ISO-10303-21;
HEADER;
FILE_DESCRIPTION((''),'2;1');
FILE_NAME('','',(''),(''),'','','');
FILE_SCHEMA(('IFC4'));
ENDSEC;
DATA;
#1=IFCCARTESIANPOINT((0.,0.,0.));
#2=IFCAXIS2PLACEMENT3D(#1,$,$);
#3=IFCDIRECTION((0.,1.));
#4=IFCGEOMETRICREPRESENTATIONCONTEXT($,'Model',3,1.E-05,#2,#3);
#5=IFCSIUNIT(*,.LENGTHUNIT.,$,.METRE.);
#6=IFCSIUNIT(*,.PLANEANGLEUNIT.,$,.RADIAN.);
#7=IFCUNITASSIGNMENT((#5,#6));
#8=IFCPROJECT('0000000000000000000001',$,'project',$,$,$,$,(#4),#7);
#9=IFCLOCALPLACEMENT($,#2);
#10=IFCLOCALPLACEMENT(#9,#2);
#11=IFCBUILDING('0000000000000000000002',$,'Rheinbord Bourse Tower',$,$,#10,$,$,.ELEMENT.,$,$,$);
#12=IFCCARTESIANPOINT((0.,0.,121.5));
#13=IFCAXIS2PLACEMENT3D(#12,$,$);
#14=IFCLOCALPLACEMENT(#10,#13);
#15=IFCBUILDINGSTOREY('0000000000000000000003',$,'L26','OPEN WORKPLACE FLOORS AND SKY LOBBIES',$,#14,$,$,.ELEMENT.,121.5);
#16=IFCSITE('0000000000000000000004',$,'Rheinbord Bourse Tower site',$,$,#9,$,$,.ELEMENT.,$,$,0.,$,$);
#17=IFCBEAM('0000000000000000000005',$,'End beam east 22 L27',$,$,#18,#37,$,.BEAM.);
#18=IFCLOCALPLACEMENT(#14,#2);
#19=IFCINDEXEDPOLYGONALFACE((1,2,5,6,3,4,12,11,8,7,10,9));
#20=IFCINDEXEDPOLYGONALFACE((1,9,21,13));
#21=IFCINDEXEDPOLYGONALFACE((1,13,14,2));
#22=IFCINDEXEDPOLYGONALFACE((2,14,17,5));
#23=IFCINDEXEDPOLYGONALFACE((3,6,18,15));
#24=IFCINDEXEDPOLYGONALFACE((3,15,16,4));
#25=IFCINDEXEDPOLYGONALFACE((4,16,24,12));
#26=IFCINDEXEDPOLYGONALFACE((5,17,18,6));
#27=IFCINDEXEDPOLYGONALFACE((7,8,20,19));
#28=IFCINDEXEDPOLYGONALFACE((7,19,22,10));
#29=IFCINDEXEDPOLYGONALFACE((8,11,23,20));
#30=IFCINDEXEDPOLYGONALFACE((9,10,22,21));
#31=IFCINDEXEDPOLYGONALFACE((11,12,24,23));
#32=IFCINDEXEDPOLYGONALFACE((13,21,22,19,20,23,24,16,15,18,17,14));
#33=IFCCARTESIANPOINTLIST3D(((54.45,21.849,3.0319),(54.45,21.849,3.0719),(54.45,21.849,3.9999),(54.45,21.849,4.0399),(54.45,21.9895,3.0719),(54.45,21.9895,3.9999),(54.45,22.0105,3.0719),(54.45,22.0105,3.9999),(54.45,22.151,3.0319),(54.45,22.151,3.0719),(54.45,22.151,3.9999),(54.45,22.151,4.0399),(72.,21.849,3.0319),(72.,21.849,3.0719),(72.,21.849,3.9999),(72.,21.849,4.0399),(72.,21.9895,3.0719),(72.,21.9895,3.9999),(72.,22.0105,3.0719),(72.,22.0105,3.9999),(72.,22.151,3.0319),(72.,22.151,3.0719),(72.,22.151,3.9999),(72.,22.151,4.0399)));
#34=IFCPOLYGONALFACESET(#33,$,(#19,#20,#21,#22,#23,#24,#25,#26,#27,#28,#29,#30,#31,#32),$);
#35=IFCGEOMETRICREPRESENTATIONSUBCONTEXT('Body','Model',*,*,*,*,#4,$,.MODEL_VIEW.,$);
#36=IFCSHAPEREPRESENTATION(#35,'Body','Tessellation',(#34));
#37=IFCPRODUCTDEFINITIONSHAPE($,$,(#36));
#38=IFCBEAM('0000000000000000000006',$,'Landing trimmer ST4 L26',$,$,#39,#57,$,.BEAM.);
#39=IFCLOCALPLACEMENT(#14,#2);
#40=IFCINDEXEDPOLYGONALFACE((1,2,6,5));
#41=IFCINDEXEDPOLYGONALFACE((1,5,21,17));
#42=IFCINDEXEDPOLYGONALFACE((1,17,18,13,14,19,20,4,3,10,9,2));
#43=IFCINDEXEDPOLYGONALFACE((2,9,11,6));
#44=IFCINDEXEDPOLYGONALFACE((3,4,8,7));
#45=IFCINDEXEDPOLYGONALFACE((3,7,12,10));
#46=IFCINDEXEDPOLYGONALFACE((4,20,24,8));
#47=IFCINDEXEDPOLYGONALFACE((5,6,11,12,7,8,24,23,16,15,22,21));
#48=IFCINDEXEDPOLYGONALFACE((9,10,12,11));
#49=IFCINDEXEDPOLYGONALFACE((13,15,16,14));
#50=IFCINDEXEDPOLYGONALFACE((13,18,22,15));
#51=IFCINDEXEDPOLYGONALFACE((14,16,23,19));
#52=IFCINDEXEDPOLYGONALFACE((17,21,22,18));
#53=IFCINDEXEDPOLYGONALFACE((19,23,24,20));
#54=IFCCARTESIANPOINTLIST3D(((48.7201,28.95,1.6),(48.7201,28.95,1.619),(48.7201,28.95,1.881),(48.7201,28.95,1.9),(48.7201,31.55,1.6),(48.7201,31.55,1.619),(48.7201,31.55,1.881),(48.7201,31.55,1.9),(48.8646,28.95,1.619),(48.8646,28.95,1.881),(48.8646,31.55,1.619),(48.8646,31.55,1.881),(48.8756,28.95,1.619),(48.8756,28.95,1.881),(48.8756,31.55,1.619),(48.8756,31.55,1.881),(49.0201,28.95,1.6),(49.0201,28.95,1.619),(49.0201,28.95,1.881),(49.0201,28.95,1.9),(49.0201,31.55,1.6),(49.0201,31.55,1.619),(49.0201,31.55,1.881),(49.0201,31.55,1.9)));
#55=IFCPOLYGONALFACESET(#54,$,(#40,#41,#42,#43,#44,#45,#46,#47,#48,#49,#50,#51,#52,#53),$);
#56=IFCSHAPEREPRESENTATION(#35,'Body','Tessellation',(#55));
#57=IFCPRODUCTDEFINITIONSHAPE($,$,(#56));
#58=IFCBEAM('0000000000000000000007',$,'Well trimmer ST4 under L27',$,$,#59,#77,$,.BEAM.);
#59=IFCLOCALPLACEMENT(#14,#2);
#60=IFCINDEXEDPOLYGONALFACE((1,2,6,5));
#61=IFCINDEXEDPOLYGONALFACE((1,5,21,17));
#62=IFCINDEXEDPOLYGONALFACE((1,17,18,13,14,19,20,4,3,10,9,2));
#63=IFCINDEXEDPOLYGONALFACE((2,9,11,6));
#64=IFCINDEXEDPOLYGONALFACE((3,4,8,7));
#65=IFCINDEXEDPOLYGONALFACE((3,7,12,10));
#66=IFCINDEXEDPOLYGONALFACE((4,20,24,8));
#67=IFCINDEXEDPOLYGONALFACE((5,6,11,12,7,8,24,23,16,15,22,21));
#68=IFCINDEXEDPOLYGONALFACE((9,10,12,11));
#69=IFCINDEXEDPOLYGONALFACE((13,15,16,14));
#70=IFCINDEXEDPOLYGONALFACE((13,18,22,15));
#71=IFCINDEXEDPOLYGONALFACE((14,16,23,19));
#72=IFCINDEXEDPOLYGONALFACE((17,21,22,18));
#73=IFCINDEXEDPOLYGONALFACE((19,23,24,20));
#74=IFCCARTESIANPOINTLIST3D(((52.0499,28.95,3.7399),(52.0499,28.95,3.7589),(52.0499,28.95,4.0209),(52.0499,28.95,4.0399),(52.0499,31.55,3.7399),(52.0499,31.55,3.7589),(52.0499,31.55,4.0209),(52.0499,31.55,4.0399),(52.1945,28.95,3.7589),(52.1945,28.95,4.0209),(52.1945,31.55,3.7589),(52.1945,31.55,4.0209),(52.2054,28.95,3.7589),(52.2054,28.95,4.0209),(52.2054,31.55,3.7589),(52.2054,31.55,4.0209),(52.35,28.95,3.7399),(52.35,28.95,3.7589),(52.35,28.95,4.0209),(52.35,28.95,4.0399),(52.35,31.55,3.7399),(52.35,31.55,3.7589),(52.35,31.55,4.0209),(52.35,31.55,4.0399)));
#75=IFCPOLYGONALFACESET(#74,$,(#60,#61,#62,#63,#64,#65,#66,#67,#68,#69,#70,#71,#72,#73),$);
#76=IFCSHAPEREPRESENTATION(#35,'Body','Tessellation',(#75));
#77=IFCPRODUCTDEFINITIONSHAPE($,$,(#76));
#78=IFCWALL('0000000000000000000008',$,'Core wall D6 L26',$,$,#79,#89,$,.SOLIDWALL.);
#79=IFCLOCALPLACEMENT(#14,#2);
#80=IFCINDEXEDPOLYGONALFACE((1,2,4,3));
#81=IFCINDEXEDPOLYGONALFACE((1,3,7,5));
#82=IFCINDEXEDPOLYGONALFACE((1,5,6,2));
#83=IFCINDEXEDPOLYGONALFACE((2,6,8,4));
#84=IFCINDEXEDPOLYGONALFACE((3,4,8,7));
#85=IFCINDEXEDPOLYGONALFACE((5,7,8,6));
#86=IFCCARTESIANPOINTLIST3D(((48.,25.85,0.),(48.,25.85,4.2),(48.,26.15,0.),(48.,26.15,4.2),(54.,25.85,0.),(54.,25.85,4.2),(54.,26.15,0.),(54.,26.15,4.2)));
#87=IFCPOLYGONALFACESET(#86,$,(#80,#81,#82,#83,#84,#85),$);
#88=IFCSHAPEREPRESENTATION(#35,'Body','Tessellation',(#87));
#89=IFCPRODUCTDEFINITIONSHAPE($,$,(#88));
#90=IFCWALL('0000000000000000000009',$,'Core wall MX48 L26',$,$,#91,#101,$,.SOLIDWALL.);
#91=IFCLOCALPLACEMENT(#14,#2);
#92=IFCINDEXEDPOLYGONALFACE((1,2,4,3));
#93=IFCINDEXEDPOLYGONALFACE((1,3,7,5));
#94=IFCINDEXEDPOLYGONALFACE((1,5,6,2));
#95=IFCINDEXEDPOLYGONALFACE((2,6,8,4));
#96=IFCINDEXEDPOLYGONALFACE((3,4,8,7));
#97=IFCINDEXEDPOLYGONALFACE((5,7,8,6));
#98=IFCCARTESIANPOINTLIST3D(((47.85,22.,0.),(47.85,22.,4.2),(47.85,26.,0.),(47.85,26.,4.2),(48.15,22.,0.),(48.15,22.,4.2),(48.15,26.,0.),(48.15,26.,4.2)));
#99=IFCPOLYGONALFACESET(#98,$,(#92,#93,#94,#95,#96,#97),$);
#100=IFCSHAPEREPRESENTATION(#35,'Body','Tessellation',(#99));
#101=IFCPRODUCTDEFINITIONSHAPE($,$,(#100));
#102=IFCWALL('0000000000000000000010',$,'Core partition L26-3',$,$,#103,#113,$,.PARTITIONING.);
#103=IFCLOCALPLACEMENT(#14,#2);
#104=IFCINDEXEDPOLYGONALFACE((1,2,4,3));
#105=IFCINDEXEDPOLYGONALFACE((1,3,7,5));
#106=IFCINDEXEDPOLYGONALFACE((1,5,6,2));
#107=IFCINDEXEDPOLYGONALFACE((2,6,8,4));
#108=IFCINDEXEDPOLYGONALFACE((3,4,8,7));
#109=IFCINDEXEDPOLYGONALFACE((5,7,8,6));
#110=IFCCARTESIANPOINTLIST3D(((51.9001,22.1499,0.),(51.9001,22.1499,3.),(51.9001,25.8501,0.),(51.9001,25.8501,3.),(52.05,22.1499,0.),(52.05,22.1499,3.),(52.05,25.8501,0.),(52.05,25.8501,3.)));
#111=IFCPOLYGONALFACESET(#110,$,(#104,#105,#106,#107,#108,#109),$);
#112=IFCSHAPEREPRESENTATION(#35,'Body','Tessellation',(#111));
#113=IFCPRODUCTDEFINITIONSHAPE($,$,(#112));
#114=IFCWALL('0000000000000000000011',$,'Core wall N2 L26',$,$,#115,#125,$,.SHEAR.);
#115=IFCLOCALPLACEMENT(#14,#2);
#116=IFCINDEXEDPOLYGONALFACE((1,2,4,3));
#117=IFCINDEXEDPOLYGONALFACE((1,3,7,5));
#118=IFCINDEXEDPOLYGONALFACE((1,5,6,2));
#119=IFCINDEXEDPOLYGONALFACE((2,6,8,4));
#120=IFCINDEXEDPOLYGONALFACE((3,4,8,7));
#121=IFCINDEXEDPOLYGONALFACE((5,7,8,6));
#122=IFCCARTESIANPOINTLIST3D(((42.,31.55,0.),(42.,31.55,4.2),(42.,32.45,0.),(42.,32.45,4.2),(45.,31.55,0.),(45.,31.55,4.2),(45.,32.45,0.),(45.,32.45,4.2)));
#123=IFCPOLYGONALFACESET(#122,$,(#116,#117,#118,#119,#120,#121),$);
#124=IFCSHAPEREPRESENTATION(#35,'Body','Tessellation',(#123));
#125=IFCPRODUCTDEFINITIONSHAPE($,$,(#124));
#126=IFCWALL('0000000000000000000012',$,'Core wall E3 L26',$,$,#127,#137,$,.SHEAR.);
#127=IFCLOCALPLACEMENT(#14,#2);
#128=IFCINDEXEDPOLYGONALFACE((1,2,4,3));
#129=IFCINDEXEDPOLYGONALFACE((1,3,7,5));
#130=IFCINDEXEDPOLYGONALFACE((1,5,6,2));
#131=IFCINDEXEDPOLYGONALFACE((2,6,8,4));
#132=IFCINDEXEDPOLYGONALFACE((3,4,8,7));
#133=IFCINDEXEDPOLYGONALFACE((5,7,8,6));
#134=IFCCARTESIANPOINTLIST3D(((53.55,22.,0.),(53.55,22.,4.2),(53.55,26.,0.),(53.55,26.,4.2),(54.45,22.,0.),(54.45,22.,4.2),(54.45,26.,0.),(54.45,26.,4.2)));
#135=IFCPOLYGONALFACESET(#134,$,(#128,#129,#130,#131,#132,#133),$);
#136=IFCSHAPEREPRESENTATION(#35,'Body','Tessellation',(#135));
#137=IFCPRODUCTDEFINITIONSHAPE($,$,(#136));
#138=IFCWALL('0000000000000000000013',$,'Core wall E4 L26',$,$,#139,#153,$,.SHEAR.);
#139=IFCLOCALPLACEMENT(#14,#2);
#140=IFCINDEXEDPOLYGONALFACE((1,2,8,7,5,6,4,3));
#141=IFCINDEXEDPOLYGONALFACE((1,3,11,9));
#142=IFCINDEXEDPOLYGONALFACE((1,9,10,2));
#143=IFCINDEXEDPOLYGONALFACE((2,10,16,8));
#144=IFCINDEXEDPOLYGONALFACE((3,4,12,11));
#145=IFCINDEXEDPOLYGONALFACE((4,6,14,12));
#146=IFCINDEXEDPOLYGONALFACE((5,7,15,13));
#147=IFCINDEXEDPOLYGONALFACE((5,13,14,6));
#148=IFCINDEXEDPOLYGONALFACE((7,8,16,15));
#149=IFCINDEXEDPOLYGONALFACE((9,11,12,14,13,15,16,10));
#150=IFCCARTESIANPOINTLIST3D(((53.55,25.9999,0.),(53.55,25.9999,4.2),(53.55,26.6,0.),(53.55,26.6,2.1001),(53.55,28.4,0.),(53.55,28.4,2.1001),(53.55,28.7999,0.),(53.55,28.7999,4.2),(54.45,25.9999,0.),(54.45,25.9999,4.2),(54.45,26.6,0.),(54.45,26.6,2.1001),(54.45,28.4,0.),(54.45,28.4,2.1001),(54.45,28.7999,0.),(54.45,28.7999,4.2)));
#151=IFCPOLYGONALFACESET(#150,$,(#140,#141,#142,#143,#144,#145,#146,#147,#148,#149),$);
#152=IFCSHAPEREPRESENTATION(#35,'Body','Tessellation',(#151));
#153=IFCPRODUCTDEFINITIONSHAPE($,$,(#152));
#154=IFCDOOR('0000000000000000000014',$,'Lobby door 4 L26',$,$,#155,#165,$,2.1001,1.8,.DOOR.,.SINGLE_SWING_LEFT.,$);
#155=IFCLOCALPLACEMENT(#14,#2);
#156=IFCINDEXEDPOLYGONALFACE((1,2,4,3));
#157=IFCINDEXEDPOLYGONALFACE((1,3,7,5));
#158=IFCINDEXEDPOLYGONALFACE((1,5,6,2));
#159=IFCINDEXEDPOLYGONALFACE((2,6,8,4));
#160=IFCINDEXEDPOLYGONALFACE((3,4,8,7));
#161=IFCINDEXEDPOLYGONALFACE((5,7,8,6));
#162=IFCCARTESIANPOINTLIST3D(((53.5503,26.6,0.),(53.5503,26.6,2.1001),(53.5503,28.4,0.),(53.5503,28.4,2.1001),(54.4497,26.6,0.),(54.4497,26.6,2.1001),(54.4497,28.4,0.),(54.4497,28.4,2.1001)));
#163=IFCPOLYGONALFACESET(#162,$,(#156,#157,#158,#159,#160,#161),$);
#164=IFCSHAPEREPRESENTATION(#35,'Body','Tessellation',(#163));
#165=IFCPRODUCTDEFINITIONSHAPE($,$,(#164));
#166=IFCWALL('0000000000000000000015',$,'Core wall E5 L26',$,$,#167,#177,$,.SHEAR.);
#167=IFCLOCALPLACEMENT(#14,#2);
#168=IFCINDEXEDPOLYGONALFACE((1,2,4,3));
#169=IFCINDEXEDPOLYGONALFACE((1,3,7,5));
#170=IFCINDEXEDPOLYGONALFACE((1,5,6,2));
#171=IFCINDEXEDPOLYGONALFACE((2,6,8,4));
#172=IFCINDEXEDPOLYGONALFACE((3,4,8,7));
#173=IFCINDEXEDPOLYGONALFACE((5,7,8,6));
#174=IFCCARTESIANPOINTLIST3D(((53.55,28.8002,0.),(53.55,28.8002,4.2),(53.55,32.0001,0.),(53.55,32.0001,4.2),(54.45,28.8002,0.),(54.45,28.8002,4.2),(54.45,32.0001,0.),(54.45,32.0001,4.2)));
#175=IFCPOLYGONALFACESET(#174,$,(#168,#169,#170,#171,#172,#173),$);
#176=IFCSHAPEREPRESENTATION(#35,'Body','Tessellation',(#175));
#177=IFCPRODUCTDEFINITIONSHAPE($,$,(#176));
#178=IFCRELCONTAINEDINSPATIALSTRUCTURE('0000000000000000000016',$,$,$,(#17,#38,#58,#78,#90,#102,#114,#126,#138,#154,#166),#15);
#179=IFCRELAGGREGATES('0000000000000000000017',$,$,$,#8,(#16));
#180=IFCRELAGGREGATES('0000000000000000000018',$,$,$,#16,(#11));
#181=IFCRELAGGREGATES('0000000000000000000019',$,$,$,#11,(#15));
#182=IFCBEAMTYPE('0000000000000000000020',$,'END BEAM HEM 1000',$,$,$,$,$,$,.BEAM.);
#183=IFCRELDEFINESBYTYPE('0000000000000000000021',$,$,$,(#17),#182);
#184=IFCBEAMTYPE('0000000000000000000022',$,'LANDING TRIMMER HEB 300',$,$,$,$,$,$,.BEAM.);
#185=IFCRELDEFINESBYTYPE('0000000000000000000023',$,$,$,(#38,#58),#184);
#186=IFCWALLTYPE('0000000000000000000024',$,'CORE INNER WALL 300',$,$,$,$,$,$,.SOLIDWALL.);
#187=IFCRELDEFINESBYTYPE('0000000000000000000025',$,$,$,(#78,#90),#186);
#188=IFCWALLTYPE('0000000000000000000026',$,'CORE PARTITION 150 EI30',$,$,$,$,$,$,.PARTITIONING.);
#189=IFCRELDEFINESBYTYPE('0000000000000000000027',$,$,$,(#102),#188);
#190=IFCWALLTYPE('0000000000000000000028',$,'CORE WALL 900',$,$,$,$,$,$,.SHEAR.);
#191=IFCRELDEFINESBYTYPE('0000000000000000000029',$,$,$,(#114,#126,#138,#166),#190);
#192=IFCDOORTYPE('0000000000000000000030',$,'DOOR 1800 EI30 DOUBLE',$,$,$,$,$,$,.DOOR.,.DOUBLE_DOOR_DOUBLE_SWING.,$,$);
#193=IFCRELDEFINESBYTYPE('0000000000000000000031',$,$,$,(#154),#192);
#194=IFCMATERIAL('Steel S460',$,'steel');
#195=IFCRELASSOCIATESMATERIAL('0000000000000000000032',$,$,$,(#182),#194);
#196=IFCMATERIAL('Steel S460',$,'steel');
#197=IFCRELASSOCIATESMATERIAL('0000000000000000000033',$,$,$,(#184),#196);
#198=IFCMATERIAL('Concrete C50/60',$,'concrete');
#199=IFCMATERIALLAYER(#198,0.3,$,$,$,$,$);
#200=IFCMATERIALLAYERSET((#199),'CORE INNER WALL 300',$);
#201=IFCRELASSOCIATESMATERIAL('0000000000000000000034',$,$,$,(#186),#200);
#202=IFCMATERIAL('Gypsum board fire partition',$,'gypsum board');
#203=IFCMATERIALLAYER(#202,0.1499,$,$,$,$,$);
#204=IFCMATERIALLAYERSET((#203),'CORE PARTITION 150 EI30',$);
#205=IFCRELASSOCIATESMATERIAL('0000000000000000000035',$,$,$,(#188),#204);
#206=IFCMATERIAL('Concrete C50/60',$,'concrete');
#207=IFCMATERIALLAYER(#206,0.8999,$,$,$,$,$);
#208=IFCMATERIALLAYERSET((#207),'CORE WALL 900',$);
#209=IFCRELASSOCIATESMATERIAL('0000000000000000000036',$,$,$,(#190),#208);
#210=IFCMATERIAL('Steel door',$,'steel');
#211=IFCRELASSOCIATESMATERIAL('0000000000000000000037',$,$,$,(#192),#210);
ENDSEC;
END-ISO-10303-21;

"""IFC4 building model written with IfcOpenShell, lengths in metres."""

from ifc_helpers import new_model, si_unit, direction, frame, frame_2d, origin, origin_2d, place, context, subcontext, project, spatial, rectangle, i_section, extrude, material, layer, layer_set, material_profile, profile_set, type_object, element, fill, save


model = new_model("IFC4")

# Units and contexts
model_context = context("Model", 3, precision=1e-05, world=origin(), true_north=direction((0.0, 1.0)))
body_context = subcontext(model_context, "Body", "Model", "MODEL_VIEW")
ifc_project = project(units=[si_unit("LENGTHUNIT", "METRE"), si_unit("PLANEANGLEUNIT", "RADIAN")], contexts=[model_context])

# Site, building, storey
site_placement = place(None, origin())
site = spatial("IfcSite", under=ifc_project, at=site_placement, Name="Rheinbord Bourse Tower site", CompositionType="ELEMENT", RefElevation=0.0)
building_placement = place(site_placement, origin())
building = spatial("IfcBuilding", under=site, at=building_placement, Name="Rheinbord Bourse Tower", CompositionType="ELEMENT")
storey_placement = place(building_placement, frame((0.0, 0.0, 121.5)))
storey = spatial("IfcBuildingStorey", under=building, at=storey_placement, Name="L26", Description="OPEN WORKPLACE FLOORS AND SKY LOBBIES", CompositionType="ELEMENT", Elevation=121.5)

# Beams
ifc_material_1 = material(Name="Steel S460", Category="steel")
ifc_material_profile_1 = material_profile(ifc_material_1, i_section(OverallWidth=0.302, OverallDepth=1.0081, WebThickness=0.021, FlangeThickness=0.04, at=origin_2d()), Name="HEM 1000")
ifc_profile_set_1 = profile_set([ifc_material_profile_1], Name="Steel S460")
beam_type_1 = type_object("IfcBeamType", Name="END BEAM HEM 1000", PredefinedType="BEAM", material=ifc_profile_set_1)
beam_placement = place(storey_placement, frame((54.45, 22.0, 3.5359), z_axis=(1.0, 0.0, 0.0), x_axis=(0.0, 1.0, 0.0)))
element("IfcBeam", 1, at=beam_placement, inside=storey, type_object=beam_type_1, Name="End beam east 22 L27", PredefinedType="BEAM", context=body_context, shape_type="SweptSolid", body=[
    extrude(i_section(OverallWidth=0.302, OverallDepth=1.0081, WebThickness=0.021, FlangeThickness=0.04, at=origin_2d()), origin(), (0.0, 0.0, 1.0), 17.55),
])
ifc_material_2 = material(Name="Steel S460", Category="steel")
ifc_material_profile_2 = material_profile(ifc_material_2, i_section(OverallWidth=0.3, OverallDepth=0.3, WebThickness=0.011, FlangeThickness=0.019, at=origin_2d()), Name="HEB 300")
ifc_profile_set_2 = profile_set([ifc_material_profile_2], Name="Steel S460")
beam_type_2 = type_object("IfcBeamType", Name="LANDING TRIMMER HEB 300", PredefinedType="BEAM", material=ifc_profile_set_2)
for number, where, z_axis, x_axis, name in (
    (2, (48.8701, 28.95, 1.75), (0.0, 1.0, 0.0), (-1.0, 0.0, 0.0), "Landing trimmer ST4 L26"),
    (3, (52.2, 28.95, 3.8899), (0.0, 1.0, 0.0), (-1.0, 0.0, 0.0), "Well trimmer ST4 under L27"),
):
    element("IfcBeam", number, at=place(storey_placement, frame(where, z_axis=z_axis, x_axis=x_axis)), inside=storey, type_object=beam_type_2, Name=name, PredefinedType="BEAM", context=body_context, shape_type="SweptSolid", body=[
        extrude(i_section(OverallWidth=0.3, OverallDepth=0.3, WebThickness=0.011, FlangeThickness=0.019, at=origin_2d()), origin(), (0.0, 0.0, 1.0), 2.6001),
    ])

# Walls
ifc_material_3 = material(Name="Concrete C50/60", Category="concrete")
ifc_layer_1 = layer(ifc_material_3, 0.3)
ifc_layer_set_1 = layer_set([ifc_layer_1], Name="CORE INNER WALL 300")
wall_type_1 = type_object("IfcWallType", Name="CORE INNER WALL 300", PredefinedType="SOLIDWALL", material=ifc_layer_set_1)
wall_1_placement = place(storey_placement, frame((48.0, 26.0, 0.0), z_axis=(0.0, 0.0, 1.0), x_axis=(1.0, 0.0, 0.0)))
element("IfcWall", 4, at=wall_1_placement, inside=storey, type_object=wall_type_1, Name="Core wall D6 L26", PredefinedType="SOLIDWALL", context=body_context, shape_type="SweptSolid", body=[
    extrude(rectangle(XDim=6.0, YDim=0.3, at=frame_2d((3.0, 0.0))), origin(), (0.0, 0.0, 1.0), 4.2),
])
wall_2_placement = place(storey_placement, frame((48.0, 22.0, 0.0), z_axis=(0.0, 0.0, 1.0), x_axis=(0.0, 1.0, 0.0)))
element("IfcWall", 5, at=wall_2_placement, inside=storey, type_object=wall_type_1, Name="Core wall MX48 L26", PredefinedType="SOLIDWALL", context=body_context, shape_type="SweptSolid", body=[
    extrude(rectangle(XDim=4.0, YDim=0.3, at=frame_2d((2.0, 0.0))), origin(), (0.0, 0.0, 1.0), 4.2),
])
ifc_material_4 = material(Name="Gypsum board fire partition", Category="gypsum board")
ifc_layer_2 = layer(ifc_material_4, 0.1499)
ifc_layer_set_2 = layer_set([ifc_layer_2], Name="CORE PARTITION 150 EI30")
wall_type_2 = type_object("IfcWallType", Name="CORE PARTITION 150 EI30", PredefinedType="PARTITIONING", material=ifc_layer_set_2)
wall_3_placement = place(storey_placement, frame((51.9751, 22.1499, 0.0), z_axis=(0.0, 0.0, 1.0), x_axis=(0.0, 1.0, 0.0)))
element("IfcWall", 6, at=wall_3_placement, inside=storey, type_object=wall_type_2, Name="Core partition L26-3", PredefinedType="PARTITIONING", context=body_context, shape_type="SweptSolid", body=[
    extrude(rectangle(XDim=3.7002, YDim=0.1499, at=frame_2d((1.8501, 0.0))), origin(), (0.0, 0.0, 1.0), 3.0),
])
ifc_material_5 = material(Name="Concrete C50/60", Category="concrete")
ifc_layer_3 = layer(ifc_material_5, 0.8999)
ifc_layer_set_3 = layer_set([ifc_layer_3], Name="CORE WALL 900")
wall_type_3 = type_object("IfcWallType", Name="CORE WALL 900", PredefinedType="SHEAR", material=ifc_layer_set_3)
wall_4_placement = place(storey_placement, frame((45.0, 32.0, 0.0), z_axis=(0.0, 0.0, 1.0), x_axis=(-1.0, 0.0, 0.0)))
element("IfcWall", 7, at=wall_4_placement, inside=storey, type_object=wall_type_3, Name="Core wall N2 L26", PredefinedType="SHEAR", context=body_context, shape_type="SweptSolid", body=[
    extrude(rectangle(XDim=3.0, YDim=0.8999, at=frame_2d((1.5, 0.0))), origin(), (0.0, 0.0, 1.0), 4.2),
])
wall_5_placement = place(storey_placement, frame((54.0, 22.0, 0.0), z_axis=(0.0, 0.0, 1.0), x_axis=(0.0, 1.0, 0.0)))
element("IfcWall", 8, at=wall_5_placement, inside=storey, type_object=wall_type_3, Name="Core wall E3 L26", PredefinedType="SHEAR", context=body_context, shape_type="SweptSolid", body=[
    extrude(rectangle(XDim=4.0, YDim=0.8999, at=frame_2d((2.0, 0.0))), origin(), (0.0, 0.0, 1.0), 4.2),
])

# Wall, opening, door
wall_6_placement = place(storey_placement, frame((54.0, 26.0, 0.0), z_axis=(0.0, 0.0, 1.0), x_axis=(0.0, 1.0, 0.0)))
wall_6 = element("IfcWall", 9, at=wall_6_placement, inside=storey, type_object=wall_type_3, Name="Core wall E4 L26", PredefinedType="SHEAR", context=body_context, shape_type="SweptSolid", body=[
    extrude(rectangle(XDim=2.8, YDim=0.8999, at=frame_2d((1.3999, 0.0))), origin(), (0.0, 0.0, 1.0), 4.2),
])
opening_1_placement = place(wall_6_placement, frame((0.6001, 0.0, 0.0)))
opening_1 = element("IfcOpeningElement", 10, at=opening_1_placement, cuts=wall_6, PredefinedType="OPENING", context=body_context, shape_type="SweptSolid", body=[
    extrude(rectangle(XDim=1.8, YDim=2.1001, at=frame_2d((0.8999, 1.05))), frame((0.0, 0.46, 0.0), z_axis=(0.0, -1.0, 0.0), x_axis=(1.0, 0.0, 0.0)), (0.0, 0.0, 1.0), 0.9199),
])
ifc_material_6 = material(Name="Steel door", Category="steel")
door_type_1 = type_object("IfcDoorType", Name="DOOR 1800 EI30 DOUBLE", OperationType="DOUBLE_DOOR_DOUBLE_SWING", PredefinedType="DOOR", material=ifc_material_6)
door_1_placement = place(opening_1_placement, origin())
door_1 = element("IfcDoor", 11, at=door_1_placement, inside=storey, type_object=door_type_1, Name="Lobby door 4 L26", OperationType="SINGLE_SWING_LEFT", OverallHeight=2.1001, OverallWidth=1.8, PredefinedType="DOOR", context=body_context, shape_type="SweptSolid", body=[
    extrude(rectangle(XDim=1.8, YDim=2.1001, at=frame_2d((0.8999, 1.05))), frame((0.0, 0.4497, 0.0), z_axis=(0.0, -1.0, 0.0), x_axis=(1.0, 0.0, 0.0)), (0.0, 0.0, 1.0), 0.8994),
])
fill(opening_1, door_1)

# Wall
wall_7_placement = place(storey_placement, frame((54.0, 28.8, 0.0), z_axis=(0.0, 0.0, 1.0), x_axis=(0.0, 1.0, 0.0)))
element("IfcWall", 12, at=wall_7_placement, inside=storey, type_object=wall_type_3, Name="Core wall E5 L26", PredefinedType="SHEAR", context=body_context, shape_type="SweptSolid", body=[
    extrude(rectangle(XDim=3.2, YDim=0.8999, at=frame_2d((1.6001, 0.0))), origin(), (0.0, 0.0, 1.0), 4.2),
])

save(model, "model.ifc")
